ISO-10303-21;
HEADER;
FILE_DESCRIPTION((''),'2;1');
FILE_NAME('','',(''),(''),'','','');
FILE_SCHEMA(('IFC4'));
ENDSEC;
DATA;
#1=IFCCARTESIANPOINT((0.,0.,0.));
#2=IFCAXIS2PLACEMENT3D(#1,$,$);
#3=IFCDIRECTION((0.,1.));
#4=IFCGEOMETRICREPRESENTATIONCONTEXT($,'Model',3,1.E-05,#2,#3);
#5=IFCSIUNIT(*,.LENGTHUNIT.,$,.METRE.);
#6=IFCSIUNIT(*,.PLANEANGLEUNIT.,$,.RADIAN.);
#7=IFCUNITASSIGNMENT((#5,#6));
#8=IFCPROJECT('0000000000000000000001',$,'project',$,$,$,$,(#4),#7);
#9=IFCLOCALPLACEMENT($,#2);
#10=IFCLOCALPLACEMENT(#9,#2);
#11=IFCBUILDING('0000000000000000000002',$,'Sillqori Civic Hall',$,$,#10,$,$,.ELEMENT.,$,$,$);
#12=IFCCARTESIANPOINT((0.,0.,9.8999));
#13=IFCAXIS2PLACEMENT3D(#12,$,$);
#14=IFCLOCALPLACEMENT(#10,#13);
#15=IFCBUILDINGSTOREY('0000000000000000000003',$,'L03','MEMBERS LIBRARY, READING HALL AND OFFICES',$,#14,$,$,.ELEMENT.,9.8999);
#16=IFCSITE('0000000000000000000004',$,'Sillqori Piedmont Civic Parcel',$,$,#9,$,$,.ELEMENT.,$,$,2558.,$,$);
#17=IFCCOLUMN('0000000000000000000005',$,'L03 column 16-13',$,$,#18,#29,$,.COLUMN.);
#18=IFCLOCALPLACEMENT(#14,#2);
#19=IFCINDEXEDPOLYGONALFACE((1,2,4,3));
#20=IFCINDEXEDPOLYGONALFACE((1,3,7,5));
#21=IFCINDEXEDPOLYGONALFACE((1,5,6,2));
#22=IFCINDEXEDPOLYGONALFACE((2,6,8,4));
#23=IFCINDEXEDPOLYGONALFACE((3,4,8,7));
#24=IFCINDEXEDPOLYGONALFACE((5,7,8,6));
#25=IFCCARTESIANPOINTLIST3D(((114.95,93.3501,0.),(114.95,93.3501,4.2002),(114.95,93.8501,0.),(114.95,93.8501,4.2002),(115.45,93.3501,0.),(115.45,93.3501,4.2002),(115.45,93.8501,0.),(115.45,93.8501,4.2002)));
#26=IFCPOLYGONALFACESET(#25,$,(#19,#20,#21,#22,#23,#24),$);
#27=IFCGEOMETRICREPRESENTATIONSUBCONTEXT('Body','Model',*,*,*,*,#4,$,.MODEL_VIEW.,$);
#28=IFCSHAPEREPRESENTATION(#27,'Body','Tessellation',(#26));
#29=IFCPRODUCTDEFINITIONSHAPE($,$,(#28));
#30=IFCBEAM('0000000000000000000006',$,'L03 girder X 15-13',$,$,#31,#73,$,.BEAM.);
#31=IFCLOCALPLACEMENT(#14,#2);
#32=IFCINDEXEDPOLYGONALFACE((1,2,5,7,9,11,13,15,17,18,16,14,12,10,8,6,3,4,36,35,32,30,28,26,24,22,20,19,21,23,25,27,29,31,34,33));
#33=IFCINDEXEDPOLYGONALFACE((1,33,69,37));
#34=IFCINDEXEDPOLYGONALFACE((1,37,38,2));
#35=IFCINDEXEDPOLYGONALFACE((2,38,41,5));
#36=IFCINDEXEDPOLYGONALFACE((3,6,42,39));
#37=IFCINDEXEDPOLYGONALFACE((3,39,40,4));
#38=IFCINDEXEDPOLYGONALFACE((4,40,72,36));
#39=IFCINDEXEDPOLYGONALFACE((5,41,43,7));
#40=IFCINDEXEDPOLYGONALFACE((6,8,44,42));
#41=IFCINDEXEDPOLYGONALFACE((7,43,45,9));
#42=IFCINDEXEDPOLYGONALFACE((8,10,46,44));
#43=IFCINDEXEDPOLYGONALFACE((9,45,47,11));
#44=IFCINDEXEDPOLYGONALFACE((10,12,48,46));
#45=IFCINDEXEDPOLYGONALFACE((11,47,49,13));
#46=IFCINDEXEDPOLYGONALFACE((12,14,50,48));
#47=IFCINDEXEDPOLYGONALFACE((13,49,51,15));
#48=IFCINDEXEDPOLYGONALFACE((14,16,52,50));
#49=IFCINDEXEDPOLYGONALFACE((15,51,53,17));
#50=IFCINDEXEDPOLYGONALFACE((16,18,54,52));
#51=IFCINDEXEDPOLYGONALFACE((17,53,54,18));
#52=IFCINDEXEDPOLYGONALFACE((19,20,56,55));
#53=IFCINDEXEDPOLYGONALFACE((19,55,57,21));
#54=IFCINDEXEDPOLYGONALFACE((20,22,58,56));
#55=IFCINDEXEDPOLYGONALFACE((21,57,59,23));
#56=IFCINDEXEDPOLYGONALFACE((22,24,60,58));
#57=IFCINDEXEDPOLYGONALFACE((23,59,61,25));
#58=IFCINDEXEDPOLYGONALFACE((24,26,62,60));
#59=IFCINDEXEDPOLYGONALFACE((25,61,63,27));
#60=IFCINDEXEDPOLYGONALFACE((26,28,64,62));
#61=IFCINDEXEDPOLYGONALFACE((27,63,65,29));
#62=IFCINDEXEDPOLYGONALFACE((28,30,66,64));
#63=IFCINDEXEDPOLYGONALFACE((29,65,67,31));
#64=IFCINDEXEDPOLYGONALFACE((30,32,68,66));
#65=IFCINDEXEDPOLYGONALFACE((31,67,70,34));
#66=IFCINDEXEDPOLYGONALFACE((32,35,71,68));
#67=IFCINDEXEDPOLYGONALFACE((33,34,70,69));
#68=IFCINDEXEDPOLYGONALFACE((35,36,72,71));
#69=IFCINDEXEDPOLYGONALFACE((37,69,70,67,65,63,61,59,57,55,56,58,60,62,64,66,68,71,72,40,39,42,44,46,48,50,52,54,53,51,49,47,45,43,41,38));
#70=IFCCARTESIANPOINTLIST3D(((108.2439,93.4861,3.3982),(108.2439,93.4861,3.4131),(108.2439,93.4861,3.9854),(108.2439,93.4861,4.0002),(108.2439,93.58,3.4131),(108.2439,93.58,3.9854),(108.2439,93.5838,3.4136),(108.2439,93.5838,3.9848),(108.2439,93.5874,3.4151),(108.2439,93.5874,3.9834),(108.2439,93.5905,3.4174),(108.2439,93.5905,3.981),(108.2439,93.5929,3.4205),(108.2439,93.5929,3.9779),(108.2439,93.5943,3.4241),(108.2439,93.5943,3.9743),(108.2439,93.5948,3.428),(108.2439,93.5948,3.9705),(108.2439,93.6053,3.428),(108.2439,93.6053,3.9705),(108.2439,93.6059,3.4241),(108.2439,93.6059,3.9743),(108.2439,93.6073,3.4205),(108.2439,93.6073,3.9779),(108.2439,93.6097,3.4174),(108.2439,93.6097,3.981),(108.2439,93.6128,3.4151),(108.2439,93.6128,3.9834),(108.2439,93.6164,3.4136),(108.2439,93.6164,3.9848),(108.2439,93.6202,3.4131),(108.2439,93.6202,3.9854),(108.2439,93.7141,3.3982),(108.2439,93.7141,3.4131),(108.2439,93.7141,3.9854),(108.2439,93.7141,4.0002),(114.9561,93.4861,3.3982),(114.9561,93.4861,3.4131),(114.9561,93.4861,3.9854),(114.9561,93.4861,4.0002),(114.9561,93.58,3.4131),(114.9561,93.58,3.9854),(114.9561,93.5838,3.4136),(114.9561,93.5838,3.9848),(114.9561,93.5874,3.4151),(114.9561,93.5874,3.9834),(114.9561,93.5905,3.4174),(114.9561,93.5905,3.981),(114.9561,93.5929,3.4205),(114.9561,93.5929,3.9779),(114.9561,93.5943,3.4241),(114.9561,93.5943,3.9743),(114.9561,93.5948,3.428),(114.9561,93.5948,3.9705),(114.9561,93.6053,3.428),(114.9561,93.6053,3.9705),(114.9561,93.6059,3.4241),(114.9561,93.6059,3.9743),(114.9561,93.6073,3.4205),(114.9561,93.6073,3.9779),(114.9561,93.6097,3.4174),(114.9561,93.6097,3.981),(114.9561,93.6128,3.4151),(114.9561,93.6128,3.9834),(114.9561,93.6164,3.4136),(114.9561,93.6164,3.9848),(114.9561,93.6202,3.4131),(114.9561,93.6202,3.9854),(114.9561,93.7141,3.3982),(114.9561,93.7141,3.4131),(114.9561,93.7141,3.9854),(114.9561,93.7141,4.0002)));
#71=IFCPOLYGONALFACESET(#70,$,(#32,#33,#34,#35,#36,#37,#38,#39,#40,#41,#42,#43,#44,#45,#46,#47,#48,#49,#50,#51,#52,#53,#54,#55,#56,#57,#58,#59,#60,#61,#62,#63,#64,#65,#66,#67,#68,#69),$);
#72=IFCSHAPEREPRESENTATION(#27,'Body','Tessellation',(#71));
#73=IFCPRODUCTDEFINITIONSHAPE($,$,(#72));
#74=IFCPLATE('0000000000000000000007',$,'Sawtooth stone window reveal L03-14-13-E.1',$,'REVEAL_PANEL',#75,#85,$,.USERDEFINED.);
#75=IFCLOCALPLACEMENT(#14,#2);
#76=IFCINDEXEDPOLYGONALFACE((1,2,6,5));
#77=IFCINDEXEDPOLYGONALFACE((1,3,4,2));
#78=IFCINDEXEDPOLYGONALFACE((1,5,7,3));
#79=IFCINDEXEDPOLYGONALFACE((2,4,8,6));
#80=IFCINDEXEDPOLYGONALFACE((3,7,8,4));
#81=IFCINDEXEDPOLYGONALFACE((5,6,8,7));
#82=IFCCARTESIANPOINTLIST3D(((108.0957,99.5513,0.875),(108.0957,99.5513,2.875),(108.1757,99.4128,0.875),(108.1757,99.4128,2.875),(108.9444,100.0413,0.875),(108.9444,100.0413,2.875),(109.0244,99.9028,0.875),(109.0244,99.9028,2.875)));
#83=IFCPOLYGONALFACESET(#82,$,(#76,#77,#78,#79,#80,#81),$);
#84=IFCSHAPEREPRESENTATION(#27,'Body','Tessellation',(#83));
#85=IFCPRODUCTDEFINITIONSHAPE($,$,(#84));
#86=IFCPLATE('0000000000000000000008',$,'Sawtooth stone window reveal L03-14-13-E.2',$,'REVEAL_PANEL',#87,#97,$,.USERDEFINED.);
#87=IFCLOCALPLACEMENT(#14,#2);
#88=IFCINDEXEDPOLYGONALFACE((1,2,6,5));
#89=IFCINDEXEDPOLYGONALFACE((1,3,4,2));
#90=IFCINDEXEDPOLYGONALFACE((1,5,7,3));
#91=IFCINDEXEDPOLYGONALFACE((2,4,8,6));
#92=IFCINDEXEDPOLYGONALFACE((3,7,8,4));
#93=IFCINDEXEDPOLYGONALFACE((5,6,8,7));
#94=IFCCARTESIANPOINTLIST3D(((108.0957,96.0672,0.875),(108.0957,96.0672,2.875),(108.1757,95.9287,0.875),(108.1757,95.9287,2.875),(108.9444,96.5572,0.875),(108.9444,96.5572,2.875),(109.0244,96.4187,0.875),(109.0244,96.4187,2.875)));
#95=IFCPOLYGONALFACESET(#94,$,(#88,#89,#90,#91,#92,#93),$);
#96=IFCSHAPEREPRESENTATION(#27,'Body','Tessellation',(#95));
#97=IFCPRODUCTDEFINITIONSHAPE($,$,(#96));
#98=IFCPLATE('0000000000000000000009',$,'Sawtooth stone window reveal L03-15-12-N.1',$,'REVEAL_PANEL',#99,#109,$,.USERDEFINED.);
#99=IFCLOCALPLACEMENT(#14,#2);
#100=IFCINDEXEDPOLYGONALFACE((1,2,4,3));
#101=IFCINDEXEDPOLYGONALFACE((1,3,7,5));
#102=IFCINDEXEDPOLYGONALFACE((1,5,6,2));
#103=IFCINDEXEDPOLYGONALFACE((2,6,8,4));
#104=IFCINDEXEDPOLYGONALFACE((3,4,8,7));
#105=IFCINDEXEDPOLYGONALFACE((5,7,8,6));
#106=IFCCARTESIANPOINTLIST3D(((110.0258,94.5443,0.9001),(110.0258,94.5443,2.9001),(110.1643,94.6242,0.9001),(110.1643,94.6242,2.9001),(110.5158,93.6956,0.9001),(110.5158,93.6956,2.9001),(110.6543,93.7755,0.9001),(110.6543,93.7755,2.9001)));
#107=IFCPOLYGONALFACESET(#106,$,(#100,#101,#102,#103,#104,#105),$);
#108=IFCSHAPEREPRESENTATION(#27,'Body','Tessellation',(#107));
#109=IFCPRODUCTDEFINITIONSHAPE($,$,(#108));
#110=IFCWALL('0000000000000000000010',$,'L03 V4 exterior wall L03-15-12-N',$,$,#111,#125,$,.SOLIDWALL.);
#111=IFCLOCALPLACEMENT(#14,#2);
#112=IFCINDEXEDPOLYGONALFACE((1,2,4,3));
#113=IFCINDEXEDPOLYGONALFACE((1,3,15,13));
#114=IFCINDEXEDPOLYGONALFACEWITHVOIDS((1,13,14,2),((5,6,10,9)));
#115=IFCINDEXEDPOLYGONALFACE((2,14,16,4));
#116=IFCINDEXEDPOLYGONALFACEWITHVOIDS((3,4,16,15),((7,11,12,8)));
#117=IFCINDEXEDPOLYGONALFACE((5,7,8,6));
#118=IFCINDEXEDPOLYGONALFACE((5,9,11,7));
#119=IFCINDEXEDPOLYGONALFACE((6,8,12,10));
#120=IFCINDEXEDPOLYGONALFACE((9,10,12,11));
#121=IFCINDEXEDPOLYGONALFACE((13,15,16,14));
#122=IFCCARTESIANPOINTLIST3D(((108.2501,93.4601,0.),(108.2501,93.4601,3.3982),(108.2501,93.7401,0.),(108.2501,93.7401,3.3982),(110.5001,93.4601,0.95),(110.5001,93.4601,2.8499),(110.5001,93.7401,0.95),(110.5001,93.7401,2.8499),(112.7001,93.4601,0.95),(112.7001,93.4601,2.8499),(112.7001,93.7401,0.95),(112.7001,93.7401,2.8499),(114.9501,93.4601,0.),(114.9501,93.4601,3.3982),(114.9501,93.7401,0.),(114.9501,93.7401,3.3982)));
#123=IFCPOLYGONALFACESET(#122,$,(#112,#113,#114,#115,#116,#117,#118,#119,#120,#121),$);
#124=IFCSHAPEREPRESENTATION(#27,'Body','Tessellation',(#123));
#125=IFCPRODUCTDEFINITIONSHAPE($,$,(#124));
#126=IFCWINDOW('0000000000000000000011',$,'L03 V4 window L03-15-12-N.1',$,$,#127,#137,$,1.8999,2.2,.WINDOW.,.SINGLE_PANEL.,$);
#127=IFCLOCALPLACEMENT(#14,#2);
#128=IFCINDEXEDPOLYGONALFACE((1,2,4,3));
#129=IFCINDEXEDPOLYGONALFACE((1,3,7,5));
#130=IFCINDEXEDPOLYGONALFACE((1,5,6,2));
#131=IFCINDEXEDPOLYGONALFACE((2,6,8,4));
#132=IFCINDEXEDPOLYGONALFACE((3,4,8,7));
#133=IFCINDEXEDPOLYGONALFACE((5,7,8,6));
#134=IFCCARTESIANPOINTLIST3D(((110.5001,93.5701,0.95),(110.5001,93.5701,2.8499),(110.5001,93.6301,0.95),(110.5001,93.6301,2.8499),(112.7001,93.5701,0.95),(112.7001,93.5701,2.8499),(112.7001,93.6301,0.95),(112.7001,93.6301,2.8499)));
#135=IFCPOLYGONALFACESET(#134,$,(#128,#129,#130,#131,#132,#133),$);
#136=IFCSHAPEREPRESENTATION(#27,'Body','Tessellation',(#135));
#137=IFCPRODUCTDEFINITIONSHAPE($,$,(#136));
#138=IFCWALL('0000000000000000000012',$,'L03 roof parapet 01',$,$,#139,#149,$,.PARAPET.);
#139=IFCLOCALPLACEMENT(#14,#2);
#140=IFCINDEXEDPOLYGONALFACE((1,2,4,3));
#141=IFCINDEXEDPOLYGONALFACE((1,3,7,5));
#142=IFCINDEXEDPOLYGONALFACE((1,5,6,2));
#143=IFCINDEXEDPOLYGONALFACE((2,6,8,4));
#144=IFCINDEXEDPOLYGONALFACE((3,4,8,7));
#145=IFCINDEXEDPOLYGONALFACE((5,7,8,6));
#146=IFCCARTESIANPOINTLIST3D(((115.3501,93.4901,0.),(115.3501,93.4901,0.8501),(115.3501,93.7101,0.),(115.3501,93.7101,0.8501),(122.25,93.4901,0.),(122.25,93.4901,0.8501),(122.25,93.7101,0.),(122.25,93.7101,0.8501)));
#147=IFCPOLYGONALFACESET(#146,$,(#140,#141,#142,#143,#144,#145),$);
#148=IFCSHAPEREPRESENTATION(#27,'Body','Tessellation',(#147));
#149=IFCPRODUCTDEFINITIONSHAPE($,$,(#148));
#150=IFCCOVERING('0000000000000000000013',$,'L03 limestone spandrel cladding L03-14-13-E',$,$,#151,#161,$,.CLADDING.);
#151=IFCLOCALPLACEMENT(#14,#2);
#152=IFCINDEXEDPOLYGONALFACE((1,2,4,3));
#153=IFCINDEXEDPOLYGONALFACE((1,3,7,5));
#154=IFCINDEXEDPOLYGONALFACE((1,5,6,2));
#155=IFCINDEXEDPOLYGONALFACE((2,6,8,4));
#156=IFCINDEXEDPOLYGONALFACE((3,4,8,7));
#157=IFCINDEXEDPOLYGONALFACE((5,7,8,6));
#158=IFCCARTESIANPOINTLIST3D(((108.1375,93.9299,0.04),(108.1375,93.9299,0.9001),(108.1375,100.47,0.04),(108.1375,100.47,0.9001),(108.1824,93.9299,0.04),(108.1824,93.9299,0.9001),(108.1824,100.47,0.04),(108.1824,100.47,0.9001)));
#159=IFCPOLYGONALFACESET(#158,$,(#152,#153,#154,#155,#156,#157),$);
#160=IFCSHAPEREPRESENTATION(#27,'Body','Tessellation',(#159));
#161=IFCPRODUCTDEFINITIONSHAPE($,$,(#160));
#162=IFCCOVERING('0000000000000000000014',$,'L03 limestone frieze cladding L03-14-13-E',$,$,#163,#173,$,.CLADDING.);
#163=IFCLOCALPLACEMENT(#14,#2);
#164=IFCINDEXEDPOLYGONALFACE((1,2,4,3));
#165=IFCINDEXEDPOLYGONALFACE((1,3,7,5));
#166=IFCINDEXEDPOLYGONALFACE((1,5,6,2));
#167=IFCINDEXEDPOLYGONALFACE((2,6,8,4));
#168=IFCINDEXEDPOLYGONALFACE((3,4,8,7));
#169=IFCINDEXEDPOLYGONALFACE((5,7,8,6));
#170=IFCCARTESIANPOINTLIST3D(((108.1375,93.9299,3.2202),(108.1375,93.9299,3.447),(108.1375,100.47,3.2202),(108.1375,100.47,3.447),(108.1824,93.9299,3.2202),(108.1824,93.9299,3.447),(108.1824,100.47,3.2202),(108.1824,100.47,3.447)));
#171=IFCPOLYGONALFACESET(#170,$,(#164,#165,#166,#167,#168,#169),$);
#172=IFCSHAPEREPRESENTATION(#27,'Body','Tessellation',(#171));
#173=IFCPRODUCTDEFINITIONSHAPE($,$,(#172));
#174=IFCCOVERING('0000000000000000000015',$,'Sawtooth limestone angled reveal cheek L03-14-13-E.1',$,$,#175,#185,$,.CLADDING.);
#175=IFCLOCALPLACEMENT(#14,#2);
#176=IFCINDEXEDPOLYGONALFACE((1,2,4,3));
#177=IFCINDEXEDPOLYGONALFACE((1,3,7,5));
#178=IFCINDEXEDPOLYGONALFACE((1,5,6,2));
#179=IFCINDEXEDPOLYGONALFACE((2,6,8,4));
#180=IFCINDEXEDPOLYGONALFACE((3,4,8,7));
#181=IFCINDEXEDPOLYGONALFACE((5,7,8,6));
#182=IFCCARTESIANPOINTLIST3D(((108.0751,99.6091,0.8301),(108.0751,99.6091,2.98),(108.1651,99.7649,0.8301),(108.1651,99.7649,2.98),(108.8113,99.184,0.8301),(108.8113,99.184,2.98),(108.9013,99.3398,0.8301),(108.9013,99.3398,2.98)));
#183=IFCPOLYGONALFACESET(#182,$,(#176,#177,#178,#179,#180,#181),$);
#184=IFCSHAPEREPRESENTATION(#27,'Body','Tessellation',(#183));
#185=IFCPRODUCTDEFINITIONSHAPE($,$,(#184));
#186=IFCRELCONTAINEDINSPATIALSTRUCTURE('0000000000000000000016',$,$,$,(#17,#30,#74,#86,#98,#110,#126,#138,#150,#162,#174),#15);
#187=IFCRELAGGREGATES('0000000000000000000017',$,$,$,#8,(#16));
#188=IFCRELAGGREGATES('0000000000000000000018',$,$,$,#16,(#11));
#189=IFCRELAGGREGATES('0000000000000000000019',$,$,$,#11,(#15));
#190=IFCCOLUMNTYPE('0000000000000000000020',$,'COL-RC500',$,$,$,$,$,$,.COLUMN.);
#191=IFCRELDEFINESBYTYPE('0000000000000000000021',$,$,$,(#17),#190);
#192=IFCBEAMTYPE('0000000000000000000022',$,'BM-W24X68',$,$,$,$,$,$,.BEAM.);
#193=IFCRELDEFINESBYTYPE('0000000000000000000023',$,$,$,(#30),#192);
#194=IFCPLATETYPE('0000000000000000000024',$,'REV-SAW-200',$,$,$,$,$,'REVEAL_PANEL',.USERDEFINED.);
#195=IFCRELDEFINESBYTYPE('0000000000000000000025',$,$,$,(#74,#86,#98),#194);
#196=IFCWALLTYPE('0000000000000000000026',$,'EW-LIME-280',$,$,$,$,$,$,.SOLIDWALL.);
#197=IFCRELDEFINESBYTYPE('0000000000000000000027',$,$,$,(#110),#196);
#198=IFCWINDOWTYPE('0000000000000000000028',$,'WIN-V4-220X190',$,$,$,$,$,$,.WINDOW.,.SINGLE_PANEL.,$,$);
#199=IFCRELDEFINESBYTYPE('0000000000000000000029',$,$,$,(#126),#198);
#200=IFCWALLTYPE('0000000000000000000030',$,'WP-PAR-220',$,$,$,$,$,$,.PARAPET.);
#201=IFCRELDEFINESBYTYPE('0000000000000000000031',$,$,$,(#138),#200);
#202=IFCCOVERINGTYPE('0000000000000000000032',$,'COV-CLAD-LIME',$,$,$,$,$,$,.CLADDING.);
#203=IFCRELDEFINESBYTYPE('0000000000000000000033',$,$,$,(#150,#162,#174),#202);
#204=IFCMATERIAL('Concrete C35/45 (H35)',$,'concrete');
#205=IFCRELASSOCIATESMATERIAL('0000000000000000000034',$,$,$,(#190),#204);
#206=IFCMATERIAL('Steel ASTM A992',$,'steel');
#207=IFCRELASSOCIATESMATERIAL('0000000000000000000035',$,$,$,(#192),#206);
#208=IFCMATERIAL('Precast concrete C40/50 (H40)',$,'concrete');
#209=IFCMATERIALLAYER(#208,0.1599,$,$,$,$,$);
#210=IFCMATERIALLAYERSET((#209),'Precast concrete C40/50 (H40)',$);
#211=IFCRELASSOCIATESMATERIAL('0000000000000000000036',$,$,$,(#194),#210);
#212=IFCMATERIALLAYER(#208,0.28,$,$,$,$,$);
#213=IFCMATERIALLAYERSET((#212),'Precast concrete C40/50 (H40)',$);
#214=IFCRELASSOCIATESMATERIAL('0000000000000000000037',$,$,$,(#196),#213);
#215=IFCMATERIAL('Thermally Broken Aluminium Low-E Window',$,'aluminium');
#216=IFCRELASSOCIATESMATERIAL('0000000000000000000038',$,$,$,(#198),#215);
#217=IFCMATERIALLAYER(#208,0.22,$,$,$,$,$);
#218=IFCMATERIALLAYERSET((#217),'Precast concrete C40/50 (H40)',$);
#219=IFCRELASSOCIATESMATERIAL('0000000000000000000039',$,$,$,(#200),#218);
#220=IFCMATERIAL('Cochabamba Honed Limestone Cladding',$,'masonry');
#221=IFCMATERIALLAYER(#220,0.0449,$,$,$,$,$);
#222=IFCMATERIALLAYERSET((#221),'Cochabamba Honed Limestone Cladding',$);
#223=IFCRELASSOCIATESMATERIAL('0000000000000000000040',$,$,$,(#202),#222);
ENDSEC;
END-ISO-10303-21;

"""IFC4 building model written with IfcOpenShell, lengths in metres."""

from ifc_helpers import new_model, si_unit, direction, frame, frame_2d, origin, origin_2d, place, context, subcontext, project, spatial, rectangle, i_section, extrude, material, layer, layer_set, material_profile, profile_set, type_object, element, fill, save


model = new_model("IFC4")

# Units and contexts
model_context = context("Model", 3, precision=1e-05, world=origin(), true_north=direction((0.0, 1.0)))
body_context = subcontext(model_context, "Body", "Model", "MODEL_VIEW")
ifc_project = project(units=[si_unit("LENGTHUNIT", "METRE"), si_unit("PLANEANGLEUNIT", "RADIAN")], contexts=[model_context])

# Site, building, storey
site_placement = place(None, origin())
site = spatial("IfcSite", under=ifc_project, at=site_placement, Name="Sillqori Piedmont Civic Parcel", CompositionType="ELEMENT", RefElevation=2558.0)
building_placement = place(site_placement, origin())
building = spatial("IfcBuilding", under=site, at=building_placement, Name="Sillqori Civic Hall", CompositionType="ELEMENT")
storey_placement = place(building_placement, frame((0.0, 0.0, 9.8999)))
storey = spatial("IfcBuildingStorey", under=building, at=storey_placement, Name="L03", Description="MEMBERS LIBRARY, READING HALL AND OFFICES", CompositionType="ELEMENT", Elevation=9.8999)

# Column
ifc_material_1 = material(Name="Concrete C35/45 (H35)", Category="concrete")
ifc_material_profile_1 = material_profile(ifc_material_1, rectangle(XDim=0.5, YDim=0.5, at=origin_2d()), Name="RC 500x500")
ifc_profile_set_1 = profile_set([ifc_material_profile_1], Name="Concrete C35/45 (H35)")
column_type = type_object("IfcColumnType", Name="COL-RC500", PredefinedType="COLUMN", material=ifc_profile_set_1)
column_placement = place(storey_placement, frame((115.2, 93.6001, 0.0), z_axis=(0.0, 0.0, 1.0), x_axis=(1.0, 0.0, 0.0)))
element("IfcColumn", 1, at=column_placement, inside=storey, type_object=column_type, Name="L03 column 16-13", PredefinedType="COLUMN", context=body_context, shape_type="SweptSolid", body=[
    extrude(rectangle(XDim=0.5, YDim=0.5, at=origin_2d()), origin(), (0.0, 0.0, 1.0), 4.2002),
])

# Beam
ifc_material_2 = material(Name="Steel ASTM A992", Category="steel")
ifc_material_profile_2 = material_profile(ifc_material_2, i_section(OverallWidth=0.228, OverallDepth=0.6021, WebThickness=0.0105, FlangeThickness=0.0149, FilletRadius=0.0149, at=origin_2d()), Name="W24X68")
ifc_profile_set_2 = profile_set([ifc_material_profile_2], Name="Steel ASTM A992")
beam_type = type_object("IfcBeamType", Name="BM-W24X68", PredefinedType="BEAM", material=ifc_profile_set_2)
beam_placement = place(storey_placement, frame((108.2439, 93.6001, 3.6992), z_axis=(1.0, 0.0, 0.0), x_axis=(0.0, 1.0, 0.0)))
element("IfcBeam", 2, at=beam_placement, inside=storey, type_object=beam_type, Name="L03 girder X 15-13", PredefinedType="BEAM", context=body_context, shape_type="SweptSolid", body=[
    extrude(i_section(OverallWidth=0.228, OverallDepth=0.6021, WebThickness=0.0105, FlangeThickness=0.0149, FilletRadius=0.0149, at=origin_2d()), origin(), (0.0, 0.0, 1.0), 6.7122),
])

# Plates
ifc_material_3 = material(Name="Precast concrete C40/50 (H40)", Category="concrete")
ifc_layer_1 = layer(ifc_material_3, 0.1599)
ifc_layer_set_1 = layer_set([ifc_layer_1], Name="Precast concrete C40/50 (H40)")
plate_type = type_object("IfcPlateType", Name="REV-SAW-200", ElementType="REVEAL_PANEL", PredefinedType="USERDEFINED", material=ifc_layer_set_1)
for number, where, z_axis, x_axis, name in (
    (3, (108.5601, 99.7271, 0.875), (0.0, 0.0, 1.0), (0.5, -0.866025, 0.0), "Sawtooth stone window reveal L03-14-13-E.1"),
    (4, (108.5601, 96.2429, 0.875), (0.0, 0.0, 1.0), (0.5, -0.866025, 0.0), "Sawtooth stone window reveal L03-14-13-E.2"),
    (5, (110.3401, 94.1599, 0.9001), (0.0, 0.0, 1.0), (0.866025, 0.5, 0.0), "Sawtooth stone window reveal L03-15-12-N.1"),
):
    element("IfcPlate", number, at=place(storey_placement, frame(where, z_axis=z_axis, x_axis=x_axis)), inside=storey, type_object=plate_type, Name=name, ObjectType="REVEAL_PANEL", PredefinedType="USERDEFINED", context=body_context, shape_type="SweptSolid", body=[
        extrude(rectangle(XDim=0.1599, YDim=0.98, at=origin_2d()), origin(), (0.0, 0.0, 1.0), 2.0),
    ])

# Wall, opening, window
ifc_layer_2 = layer(ifc_material_3, 0.28)
ifc_layer_set_2 = layer_set([ifc_layer_2], Name="Precast concrete C40/50 (H40)")
wall_type_1 = type_object("IfcWallType", Name="EW-LIME-280", PredefinedType="SOLIDWALL", material=ifc_layer_set_2)
wall_1_placement = place(storey_placement, frame((108.25, 93.6001, 0.0), z_axis=(0.0, 0.0, 1.0), x_axis=(1.0, 0.0, 0.0)))
wall_1 = element("IfcWall", 6, at=wall_1_placement, inside=storey, type_object=wall_type_1, Name="L03 V4 exterior wall L03-15-12-N", PredefinedType="SOLIDWALL", context=body_context, shape_type="SweptSolid", body=[
    extrude(rectangle(XDim=6.7, YDim=0.28, at=frame_2d((3.3501, 0.0))), origin(), (0.0, 0.0, 1.0), 3.3982),
])
opening_placement = place(wall_1_placement, frame((2.25, 0.0, 0.95)))
opening = element("IfcOpeningElement", 7, at=opening_placement, cuts=wall_1, PredefinedType="OPENING", context=body_context, shape_type="SweptSolid", body=[
    extrude(rectangle(XDim=2.2, YDim=1.8999, at=frame_2d((1.1001, 0.95))), frame((0.0, 0.1499, 0.0), z_axis=(0.0, -1.0, 0.0), x_axis=(1.0, 0.0, 0.0)), (0.0, 0.0, 1.0), 0.3),
])
ifc_material_4 = material(Name="Thermally Broken Aluminium Low-E Window", Category="aluminium")
window_type = type_object("IfcWindowType", Name="WIN-V4-220X190", PartitioningType="SINGLE_PANEL", PredefinedType="WINDOW", material=ifc_material_4)
window_placement = place(opening_placement, origin())
window = element("IfcWindow", 8, at=window_placement, inside=storey, type_object=window_type, Name="L03 V4 window L03-15-12-N.1", OverallHeight=1.8999, OverallWidth=2.2, PartitioningType="SINGLE_PANEL", PredefinedType="WINDOW", context=body_context, shape_type="SweptSolid", body=[
    extrude(rectangle(XDim=2.2, YDim=1.8999, at=frame_2d((1.1001, 0.95))), frame((0.0, 0.03, 0.0), z_axis=(0.0, -1.0, 0.0), x_axis=(1.0, 0.0, 0.0)), (0.0, 0.0, 1.0), 0.0601),
])
fill(opening, window)

# Wall
ifc_layer_3 = layer(ifc_material_3, 0.22)
ifc_layer_set_3 = layer_set([ifc_layer_3], Name="Precast concrete C40/50 (H40)")
wall_type_2 = type_object("IfcWallType", Name="WP-PAR-220", PredefinedType="PARAPET", material=ifc_layer_set_3)
wall_2_placement = place(storey_placement, frame((115.3501, 93.6001, 0.0), z_axis=(0.0, 0.0, 1.0), x_axis=(1.0, 0.0, 0.0)))
element("IfcWall", 9, at=wall_2_placement, inside=storey, type_object=wall_type_2, Name="L03 roof parapet 01", PredefinedType="PARAPET", context=body_context, shape_type="SweptSolid", body=[
    extrude(rectangle(XDim=6.8999, YDim=0.22, at=frame_2d((3.45, 0.0))), origin(), (0.0, 0.0, 1.0), 0.8501),
])

# Coverings
ifc_material_5 = material(Name="Cochabamba Honed Limestone Cladding", Category="masonry")
ifc_layer_4 = layer(ifc_material_5, 0.0449)
ifc_layer_set_4 = layer_set([ifc_layer_4], Name="Cochabamba Honed Limestone Cladding")
covering_type = type_object("IfcCoveringType", Name="COV-CLAD-LIME", PredefinedType="CLADDING", material=ifc_layer_set_4)
covering_1_placement = place(storey_placement, frame((108.1599, 100.47, 0.04), z_axis=(0.0, 0.0, 1.0), x_axis=(0.0, -1.0, 0.0)))
element("IfcCovering", 10, at=covering_1_placement, inside=storey, type_object=covering_type, Name="L03 limestone spandrel cladding L03-14-13-E", PredefinedType="CLADDING", context=body_context, shape_type="SweptSolid", body=[
    extrude(rectangle(XDim=6.54, YDim=0.0449, at=frame_2d((3.27, 0.0))), origin(), (0.0, 0.0, 1.0), 0.8601),
])
covering_2_placement = place(storey_placement, frame((108.1599, 100.47, 3.2202), z_axis=(0.0, 0.0, 1.0), x_axis=(0.0, -1.0, 0.0)))
element("IfcCovering", 11, at=covering_2_placement, inside=storey, type_object=covering_type, Name="L03 limestone frieze cladding L03-14-13-E", PredefinedType="CLADDING", context=body_context, shape_type="SweptSolid", body=[
    extrude(rectangle(XDim=6.54, YDim=0.0449, at=frame_2d((3.27, 0.0))), origin(), (0.0, 0.0, 1.0), 0.2268),
])
covering_3_placement = place(storey_placement, frame((108.1201, 99.687, 0.8301), z_axis=(0.0, 0.0, 1.0), x_axis=(0.865989, -0.500062, 0.0)))
element("IfcCovering", 12, at=covering_3_placement, inside=storey, type_object=covering_type, Name="Sawtooth limestone angled reveal cheek L03-14-13-E.1", PredefinedType="CLADDING", context=body_context, shape_type="SweptSolid", body=[
    extrude(rectangle(XDim=0.8501, YDim=0.1799, at=frame_2d((0.425, 0.0))), origin(), (0.0, 0.0, 1.0), 2.1499),
])

save(model, "model.ifc")
